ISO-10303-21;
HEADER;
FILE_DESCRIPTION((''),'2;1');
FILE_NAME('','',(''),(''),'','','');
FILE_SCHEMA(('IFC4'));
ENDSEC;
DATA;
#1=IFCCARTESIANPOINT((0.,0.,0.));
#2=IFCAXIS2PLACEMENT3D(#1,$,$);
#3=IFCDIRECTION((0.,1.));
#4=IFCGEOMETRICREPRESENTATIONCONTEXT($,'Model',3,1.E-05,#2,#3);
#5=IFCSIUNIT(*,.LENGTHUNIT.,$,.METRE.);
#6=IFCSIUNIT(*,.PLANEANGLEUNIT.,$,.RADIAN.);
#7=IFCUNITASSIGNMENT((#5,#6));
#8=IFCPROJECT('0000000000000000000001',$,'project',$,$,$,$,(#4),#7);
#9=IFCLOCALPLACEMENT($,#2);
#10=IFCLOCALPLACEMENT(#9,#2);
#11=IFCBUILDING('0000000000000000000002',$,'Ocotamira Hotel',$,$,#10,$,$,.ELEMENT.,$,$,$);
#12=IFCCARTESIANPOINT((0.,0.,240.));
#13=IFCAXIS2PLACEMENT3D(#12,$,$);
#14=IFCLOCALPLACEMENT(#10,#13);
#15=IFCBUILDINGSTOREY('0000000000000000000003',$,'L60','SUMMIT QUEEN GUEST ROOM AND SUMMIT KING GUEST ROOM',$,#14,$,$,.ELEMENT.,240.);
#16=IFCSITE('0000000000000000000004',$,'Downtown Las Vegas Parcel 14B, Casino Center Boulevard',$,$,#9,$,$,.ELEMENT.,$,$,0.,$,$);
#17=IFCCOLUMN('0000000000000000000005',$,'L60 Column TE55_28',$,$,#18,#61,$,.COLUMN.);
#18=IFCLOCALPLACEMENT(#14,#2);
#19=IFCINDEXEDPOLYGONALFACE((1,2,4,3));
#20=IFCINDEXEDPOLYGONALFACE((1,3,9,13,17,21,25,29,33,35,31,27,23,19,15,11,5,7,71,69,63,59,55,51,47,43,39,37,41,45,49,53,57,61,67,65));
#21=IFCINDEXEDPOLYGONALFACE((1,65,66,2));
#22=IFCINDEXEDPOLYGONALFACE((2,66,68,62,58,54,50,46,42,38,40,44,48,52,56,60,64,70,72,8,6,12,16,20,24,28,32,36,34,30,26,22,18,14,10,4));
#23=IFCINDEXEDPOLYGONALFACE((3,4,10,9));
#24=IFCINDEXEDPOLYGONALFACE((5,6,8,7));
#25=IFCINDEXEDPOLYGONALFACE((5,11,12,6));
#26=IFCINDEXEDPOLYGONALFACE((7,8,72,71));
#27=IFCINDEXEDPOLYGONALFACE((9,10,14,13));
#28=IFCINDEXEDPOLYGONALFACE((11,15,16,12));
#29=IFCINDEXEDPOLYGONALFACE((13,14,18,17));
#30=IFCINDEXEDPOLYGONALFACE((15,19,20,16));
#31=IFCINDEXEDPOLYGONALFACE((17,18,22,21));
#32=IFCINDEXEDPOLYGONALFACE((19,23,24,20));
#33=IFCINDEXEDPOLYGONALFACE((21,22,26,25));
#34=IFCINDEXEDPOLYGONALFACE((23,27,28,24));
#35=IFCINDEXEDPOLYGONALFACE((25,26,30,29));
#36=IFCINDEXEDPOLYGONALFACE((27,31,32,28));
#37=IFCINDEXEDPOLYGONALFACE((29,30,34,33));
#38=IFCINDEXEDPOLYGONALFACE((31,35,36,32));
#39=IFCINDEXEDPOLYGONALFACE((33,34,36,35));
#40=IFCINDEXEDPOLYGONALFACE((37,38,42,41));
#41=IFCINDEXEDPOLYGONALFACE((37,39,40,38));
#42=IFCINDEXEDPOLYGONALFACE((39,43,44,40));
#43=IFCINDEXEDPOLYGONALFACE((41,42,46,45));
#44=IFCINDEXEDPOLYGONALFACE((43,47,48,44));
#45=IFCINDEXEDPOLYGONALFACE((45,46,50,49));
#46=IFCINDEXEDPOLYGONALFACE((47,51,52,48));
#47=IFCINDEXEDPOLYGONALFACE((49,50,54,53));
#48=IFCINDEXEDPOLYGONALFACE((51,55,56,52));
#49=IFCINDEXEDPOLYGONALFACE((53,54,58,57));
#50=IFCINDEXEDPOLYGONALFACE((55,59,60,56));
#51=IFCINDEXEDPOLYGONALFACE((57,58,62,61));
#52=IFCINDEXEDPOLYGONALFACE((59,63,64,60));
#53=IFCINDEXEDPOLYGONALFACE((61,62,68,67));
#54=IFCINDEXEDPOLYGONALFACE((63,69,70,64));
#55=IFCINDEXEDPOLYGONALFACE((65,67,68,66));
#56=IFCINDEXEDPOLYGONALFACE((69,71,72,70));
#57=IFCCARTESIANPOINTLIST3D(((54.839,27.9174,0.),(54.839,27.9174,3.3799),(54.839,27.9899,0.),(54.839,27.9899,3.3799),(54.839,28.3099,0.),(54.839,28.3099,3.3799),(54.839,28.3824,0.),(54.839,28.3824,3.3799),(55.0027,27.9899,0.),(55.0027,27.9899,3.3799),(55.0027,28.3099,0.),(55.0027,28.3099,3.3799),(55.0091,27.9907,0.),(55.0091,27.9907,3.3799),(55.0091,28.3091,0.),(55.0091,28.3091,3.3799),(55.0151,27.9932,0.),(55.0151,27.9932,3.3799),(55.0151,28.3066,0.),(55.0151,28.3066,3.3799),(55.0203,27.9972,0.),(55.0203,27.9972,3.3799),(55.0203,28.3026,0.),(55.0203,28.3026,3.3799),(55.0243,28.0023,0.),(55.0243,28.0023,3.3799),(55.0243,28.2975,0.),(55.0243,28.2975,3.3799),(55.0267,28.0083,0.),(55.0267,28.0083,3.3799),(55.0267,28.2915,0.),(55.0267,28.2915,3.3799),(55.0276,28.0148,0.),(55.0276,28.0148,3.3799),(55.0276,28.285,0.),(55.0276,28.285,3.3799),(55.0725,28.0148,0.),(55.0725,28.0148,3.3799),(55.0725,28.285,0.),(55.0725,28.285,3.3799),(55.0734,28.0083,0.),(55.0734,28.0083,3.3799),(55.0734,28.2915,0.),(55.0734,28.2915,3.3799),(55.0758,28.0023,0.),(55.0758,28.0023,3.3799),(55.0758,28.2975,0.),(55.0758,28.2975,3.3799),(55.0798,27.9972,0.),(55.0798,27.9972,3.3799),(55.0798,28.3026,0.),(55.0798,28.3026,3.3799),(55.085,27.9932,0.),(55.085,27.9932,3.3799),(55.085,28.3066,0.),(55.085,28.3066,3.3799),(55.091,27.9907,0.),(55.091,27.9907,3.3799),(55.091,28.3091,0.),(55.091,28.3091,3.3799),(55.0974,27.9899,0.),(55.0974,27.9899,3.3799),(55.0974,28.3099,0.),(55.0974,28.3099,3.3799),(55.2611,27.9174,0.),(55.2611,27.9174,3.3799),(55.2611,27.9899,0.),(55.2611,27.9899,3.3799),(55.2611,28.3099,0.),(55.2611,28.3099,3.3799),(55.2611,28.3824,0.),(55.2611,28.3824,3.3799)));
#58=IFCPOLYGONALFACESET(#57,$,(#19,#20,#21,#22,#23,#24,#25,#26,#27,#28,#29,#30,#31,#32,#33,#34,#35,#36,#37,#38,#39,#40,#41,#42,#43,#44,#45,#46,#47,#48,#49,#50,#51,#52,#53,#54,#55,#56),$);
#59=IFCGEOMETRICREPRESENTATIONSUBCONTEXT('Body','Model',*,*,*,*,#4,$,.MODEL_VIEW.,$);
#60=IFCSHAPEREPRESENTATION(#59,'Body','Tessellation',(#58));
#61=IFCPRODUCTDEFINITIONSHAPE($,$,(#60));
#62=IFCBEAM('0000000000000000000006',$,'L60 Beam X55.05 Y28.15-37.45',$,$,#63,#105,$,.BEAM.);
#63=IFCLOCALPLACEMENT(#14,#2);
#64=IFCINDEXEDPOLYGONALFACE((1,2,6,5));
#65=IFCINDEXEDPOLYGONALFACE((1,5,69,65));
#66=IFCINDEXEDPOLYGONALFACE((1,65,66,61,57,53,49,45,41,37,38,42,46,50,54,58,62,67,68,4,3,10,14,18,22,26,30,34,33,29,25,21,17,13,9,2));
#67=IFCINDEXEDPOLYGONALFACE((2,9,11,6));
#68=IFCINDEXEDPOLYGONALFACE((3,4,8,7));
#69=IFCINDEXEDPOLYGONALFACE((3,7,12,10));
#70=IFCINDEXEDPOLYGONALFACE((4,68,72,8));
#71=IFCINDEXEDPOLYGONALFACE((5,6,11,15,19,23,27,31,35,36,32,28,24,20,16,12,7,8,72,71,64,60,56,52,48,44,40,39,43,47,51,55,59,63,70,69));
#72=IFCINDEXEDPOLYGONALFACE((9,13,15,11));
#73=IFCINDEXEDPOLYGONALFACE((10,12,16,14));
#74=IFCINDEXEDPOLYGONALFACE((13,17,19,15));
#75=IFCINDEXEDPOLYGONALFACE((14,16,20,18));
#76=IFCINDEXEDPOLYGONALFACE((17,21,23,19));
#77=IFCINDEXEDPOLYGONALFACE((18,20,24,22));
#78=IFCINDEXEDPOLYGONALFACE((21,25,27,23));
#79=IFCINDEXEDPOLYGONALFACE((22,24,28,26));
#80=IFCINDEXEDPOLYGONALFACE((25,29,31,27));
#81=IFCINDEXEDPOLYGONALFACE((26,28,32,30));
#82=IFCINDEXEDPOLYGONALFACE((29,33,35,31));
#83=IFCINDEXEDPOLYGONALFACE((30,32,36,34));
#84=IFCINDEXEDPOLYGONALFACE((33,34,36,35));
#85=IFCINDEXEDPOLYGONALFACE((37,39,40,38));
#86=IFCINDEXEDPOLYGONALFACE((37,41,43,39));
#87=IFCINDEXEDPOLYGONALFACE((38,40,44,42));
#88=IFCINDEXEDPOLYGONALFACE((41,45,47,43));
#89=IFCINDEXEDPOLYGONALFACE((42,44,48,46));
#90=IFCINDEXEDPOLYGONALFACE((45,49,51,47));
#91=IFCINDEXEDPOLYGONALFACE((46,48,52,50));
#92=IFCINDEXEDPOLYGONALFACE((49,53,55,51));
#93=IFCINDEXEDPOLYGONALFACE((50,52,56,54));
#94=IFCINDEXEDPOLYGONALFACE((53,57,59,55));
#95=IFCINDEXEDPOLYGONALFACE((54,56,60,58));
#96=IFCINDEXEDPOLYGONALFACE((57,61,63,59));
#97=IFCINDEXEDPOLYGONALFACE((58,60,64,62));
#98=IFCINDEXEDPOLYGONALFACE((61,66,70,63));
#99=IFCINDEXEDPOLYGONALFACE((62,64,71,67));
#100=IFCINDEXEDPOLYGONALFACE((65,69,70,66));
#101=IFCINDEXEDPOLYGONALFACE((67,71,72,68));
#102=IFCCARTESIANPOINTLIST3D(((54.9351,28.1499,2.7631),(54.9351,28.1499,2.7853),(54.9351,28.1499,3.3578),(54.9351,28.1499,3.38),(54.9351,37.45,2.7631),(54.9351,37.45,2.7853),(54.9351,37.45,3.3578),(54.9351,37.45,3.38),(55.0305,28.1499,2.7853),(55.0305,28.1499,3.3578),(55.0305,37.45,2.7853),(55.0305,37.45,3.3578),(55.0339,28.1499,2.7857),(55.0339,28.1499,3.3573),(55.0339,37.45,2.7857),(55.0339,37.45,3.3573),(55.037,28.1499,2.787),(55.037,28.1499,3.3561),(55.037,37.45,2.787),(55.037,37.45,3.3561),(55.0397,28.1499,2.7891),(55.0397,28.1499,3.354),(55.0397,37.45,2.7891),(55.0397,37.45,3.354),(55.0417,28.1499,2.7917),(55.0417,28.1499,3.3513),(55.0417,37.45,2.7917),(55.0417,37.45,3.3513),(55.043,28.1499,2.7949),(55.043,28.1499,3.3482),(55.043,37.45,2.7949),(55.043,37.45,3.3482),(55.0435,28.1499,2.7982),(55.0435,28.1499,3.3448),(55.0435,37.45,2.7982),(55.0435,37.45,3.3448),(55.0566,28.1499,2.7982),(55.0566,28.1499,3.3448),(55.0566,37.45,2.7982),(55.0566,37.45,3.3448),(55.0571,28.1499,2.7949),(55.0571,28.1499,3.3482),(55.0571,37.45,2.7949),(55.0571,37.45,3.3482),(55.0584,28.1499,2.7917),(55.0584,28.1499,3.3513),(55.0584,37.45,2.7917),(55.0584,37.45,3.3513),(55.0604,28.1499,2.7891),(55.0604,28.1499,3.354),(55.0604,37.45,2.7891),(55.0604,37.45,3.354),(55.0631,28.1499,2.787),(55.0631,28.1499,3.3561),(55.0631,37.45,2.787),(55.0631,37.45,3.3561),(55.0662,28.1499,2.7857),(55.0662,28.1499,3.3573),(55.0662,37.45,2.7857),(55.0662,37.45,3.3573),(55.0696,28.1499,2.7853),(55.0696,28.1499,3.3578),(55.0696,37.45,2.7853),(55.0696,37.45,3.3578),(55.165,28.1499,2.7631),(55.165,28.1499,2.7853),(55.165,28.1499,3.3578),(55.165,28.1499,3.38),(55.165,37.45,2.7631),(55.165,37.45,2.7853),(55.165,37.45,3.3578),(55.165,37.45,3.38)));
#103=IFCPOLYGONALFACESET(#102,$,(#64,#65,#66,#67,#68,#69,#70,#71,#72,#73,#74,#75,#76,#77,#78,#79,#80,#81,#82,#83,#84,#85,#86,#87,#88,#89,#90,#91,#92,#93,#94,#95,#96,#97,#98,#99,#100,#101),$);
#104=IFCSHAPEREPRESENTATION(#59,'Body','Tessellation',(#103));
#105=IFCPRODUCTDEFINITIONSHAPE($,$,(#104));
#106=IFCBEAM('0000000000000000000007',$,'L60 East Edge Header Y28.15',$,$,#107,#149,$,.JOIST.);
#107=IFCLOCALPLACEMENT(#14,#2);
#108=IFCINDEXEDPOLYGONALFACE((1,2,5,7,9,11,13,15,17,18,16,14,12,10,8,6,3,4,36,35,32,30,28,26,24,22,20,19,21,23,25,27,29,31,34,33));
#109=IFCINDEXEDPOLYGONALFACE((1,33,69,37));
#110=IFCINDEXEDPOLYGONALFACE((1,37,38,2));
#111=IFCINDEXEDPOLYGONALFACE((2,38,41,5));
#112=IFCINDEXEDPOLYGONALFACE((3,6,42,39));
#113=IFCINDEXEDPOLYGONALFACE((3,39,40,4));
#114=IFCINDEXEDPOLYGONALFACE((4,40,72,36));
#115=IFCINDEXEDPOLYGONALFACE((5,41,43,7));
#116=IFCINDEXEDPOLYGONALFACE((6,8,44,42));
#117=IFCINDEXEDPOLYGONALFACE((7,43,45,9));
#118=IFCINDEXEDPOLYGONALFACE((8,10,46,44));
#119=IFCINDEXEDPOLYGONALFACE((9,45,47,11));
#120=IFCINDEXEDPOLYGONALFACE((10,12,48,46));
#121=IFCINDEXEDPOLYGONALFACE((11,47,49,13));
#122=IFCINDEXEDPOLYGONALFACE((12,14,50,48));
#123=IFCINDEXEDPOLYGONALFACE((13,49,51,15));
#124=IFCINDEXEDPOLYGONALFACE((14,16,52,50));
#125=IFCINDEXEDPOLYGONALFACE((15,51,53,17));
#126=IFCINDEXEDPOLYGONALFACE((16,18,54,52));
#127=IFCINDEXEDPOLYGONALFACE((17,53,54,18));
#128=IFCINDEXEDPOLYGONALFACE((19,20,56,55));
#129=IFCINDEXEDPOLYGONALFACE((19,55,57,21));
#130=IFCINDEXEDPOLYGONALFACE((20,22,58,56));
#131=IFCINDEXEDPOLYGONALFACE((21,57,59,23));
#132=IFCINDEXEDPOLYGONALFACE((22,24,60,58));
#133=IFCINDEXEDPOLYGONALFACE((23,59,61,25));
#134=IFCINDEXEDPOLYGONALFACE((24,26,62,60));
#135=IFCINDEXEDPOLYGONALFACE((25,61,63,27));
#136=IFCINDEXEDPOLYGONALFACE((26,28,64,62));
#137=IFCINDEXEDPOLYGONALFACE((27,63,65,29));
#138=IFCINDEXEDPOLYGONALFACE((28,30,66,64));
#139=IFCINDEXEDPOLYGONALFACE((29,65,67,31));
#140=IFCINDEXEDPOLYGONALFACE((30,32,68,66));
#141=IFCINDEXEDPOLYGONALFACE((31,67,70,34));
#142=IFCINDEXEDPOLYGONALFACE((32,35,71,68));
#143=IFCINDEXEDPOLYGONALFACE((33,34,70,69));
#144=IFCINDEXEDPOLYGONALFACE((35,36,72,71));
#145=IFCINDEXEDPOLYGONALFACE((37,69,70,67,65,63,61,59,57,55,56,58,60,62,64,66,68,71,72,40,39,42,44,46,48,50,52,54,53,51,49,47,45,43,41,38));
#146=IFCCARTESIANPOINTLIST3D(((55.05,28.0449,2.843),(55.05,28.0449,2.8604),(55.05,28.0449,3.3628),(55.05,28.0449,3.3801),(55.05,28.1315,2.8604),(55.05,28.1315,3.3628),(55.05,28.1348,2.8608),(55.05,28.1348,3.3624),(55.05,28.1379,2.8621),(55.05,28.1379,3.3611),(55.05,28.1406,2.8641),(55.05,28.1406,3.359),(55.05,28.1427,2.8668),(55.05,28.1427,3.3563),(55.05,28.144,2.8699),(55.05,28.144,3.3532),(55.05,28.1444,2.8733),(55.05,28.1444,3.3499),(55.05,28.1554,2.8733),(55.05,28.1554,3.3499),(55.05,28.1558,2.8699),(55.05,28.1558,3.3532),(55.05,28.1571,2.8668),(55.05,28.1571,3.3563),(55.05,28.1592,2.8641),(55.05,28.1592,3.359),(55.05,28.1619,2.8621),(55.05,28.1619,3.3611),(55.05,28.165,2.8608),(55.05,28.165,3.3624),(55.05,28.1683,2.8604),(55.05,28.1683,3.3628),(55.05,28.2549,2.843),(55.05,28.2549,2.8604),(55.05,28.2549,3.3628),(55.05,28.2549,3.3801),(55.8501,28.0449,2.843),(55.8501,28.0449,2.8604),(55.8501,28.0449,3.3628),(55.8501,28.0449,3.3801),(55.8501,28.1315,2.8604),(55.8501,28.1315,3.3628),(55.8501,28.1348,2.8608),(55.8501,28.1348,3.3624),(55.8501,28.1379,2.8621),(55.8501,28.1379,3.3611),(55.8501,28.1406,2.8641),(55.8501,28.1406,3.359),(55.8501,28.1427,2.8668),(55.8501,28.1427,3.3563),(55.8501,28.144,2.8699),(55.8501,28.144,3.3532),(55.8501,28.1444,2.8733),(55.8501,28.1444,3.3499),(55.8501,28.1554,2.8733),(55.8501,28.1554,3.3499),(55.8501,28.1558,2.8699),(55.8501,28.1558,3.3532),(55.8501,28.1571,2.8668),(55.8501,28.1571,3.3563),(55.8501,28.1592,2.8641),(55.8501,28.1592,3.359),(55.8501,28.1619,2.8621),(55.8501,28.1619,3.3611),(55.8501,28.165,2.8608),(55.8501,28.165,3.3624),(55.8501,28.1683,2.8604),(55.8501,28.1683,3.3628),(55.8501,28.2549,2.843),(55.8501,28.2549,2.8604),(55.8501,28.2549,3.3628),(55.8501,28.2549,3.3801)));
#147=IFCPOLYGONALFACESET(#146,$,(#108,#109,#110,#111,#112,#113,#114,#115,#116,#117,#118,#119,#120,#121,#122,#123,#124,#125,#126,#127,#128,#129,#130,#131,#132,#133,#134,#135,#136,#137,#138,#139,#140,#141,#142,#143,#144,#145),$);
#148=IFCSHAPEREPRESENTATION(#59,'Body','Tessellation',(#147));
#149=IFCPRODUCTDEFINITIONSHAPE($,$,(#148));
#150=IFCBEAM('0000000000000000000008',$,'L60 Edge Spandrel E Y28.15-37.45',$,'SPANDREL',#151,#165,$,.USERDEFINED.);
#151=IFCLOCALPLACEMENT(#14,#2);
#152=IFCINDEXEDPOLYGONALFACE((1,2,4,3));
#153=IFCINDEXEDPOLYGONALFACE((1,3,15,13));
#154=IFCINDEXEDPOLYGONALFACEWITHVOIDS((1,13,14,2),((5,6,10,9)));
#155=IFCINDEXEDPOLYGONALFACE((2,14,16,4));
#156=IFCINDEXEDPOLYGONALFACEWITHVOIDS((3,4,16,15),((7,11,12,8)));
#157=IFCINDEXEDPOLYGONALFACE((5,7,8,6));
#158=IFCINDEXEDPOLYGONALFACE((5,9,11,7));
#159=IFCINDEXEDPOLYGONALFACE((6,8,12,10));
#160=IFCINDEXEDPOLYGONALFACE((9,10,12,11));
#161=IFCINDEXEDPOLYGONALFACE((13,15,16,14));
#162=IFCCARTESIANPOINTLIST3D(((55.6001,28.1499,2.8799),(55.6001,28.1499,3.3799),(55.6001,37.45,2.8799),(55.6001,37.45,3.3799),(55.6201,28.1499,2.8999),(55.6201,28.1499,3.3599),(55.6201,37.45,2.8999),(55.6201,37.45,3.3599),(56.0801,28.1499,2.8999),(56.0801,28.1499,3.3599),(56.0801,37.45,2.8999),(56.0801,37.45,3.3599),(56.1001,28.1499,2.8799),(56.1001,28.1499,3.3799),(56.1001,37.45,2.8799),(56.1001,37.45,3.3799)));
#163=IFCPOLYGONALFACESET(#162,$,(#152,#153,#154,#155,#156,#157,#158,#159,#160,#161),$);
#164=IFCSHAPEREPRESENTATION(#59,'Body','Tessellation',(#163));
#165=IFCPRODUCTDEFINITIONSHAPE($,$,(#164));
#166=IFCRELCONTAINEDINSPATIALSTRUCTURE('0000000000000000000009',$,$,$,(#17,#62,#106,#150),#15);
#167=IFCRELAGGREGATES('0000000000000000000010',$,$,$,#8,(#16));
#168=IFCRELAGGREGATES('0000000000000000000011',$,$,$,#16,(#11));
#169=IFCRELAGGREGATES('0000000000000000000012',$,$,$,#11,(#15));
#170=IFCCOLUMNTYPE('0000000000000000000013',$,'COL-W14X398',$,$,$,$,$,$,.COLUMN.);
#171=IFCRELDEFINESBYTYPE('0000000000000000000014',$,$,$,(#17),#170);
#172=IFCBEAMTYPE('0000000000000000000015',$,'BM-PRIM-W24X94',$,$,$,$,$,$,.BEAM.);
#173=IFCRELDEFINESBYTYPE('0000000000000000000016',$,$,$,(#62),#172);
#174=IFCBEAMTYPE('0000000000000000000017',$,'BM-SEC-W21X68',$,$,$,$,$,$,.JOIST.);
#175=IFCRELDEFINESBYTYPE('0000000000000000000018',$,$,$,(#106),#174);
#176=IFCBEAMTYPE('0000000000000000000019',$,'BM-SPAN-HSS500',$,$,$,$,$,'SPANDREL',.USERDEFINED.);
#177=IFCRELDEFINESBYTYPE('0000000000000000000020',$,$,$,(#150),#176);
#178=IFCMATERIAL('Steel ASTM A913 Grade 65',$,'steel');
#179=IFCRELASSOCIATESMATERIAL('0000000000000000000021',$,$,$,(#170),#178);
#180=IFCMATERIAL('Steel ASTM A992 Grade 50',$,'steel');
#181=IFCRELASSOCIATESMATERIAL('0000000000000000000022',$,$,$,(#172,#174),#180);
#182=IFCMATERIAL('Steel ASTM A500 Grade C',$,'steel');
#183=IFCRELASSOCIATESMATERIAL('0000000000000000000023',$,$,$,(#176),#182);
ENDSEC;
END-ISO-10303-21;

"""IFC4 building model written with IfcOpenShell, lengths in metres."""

from ifc_helpers import new_model, si_unit, direction, frame, origin, origin_2d, place, context, subcontext, project, spatial, hollow_rectangle, i_section, extrude, source, transform, mapped, material, material_profile, profile_set, type_object, element, save


model = new_model("IFC4")

# Units and contexts
model_context = context("Model", 3, precision=1e-05, world=origin(), true_north=direction((0.0, 1.0)))
body_context = subcontext(model_context, "Body", "Model", "MODEL_VIEW")
ifc_project = project(units=[si_unit("LENGTHUNIT", "METRE"), si_unit("PLANEANGLEUNIT", "RADIAN")], contexts=[model_context])

# Site, building, storey
site_placement = place(None, origin())
site = spatial("IfcSite", under=ifc_project, at=site_placement, Name="Downtown Las Vegas Parcel 14B, Casino Center Boulevard", CompositionType="ELEMENT", RefElevation=0.0)
building_placement = place(site_placement, origin())
building = spatial("IfcBuilding", under=site, at=building_placement, Name="Ocotamira Hotel", CompositionType="ELEMENT")
storey_placement = place(building_placement, frame((0.0, 0.0, 240.0)))
storey = spatial("IfcBuildingStorey", under=building, at=storey_placement, Name="L60", Description="SUMMIT QUEEN GUEST ROOM AND SUMMIT KING GUEST ROOM", CompositionType="ELEMENT", Elevation=240.0)

# Column
ifc_material_1 = material(Name="Steel ASTM A913 Grade 65", Category="steel")
ifc_material_profile_1 = material_profile(ifc_material_1, i_section(OverallWidth=0.4221, OverallDepth=0.4651, WebThickness=0.0449, FlangeThickness=0.0725, FilletRadius=0.0249, at=origin_2d()), Name="W14X398")
ifc_profile_set_1 = profile_set([ifc_material_profile_1], Name="Steel ASTM A913 Grade 65")
column_type = type_object("IfcColumnType", Name="COL-W14X398", PredefinedType="COLUMN", material=ifc_profile_set_1)
shared_shape_1 = source(origin(), body_context, "Body", "SweptSolid", [
    extrude(i_section(OverallWidth=0.4221, OverallDepth=0.4651, WebThickness=0.0449, FlangeThickness=0.0725, FilletRadius=0.0249, at=origin_2d()), origin(), (0.0, 0.0, 1.0), 3.3799),
])
column_placement = place(storey_placement, frame((55.05, 28.1499, 0.0), z_axis=(0.0, 0.0, 1.0), x_axis=(1.0, 0.0, 0.0)))
element("IfcColumn", 1, at=column_placement, inside=storey, type_object=column_type, Name="L60 Column TE55_28", PredefinedType="COLUMN", context=body_context, shape_type="MappedRepresentation", body=[
    mapped(shared_shape_1, transform((0.0, 0.0, 0.0), scale=1.0)),
])

# Beams
ifc_material_2 = material(Name="Steel ASTM A992 Grade 50", Category="steel")
ifc_material_profile_2 = material_profile(ifc_material_2, i_section(OverallWidth=0.23, OverallDepth=0.6169, WebThickness=0.0132, FlangeThickness=0.0222, FilletRadius=0.0129, at=origin_2d()), Name="W24X94")
ifc_profile_set_2 = profile_set([ifc_material_profile_2], Name="Steel ASTM A992 Grade 50")
beam_type_1 = type_object("IfcBeamType", Name="BM-PRIM-W24X94", PredefinedType="BEAM", material=ifc_profile_set_2)
shared_shape_2 = source(origin(), body_context, "Body", "SweptSolid", [
    extrude(i_section(OverallWidth=0.23, OverallDepth=0.6169, WebThickness=0.0132, FlangeThickness=0.0222, FilletRadius=0.0129, at=origin_2d()), origin(), (0.0, 0.0, 1.0), 9.3),
])
beam_1_placement = place(storey_placement, frame((55.05, 28.1499, 3.0715), z_axis=(0.0, 1.0, 0.0), x_axis=(-1.0, 0.0, 0.0)))
element("IfcBeam", 2, at=beam_1_placement, inside=storey, type_object=beam_type_1, Name="L60 Beam X55.05 Y28.15-37.45", PredefinedType="BEAM", context=body_context, shape_type="MappedRepresentation", body=[
    mapped(shared_shape_2, transform((0.0, 0.0, 0.0), scale=1.0)),
])
ifc_material_profile_3 = material_profile(ifc_material_2, i_section(OverallWidth=0.21, OverallDepth=0.5371, WebThickness=0.011, FlangeThickness=0.0173, FilletRadius=0.0129, at=origin_2d()), Name="W21X68")
ifc_profile_set_3 = profile_set([ifc_material_profile_3], Name="Steel ASTM A992 Grade 50")
beam_type_2 = type_object("IfcBeamType", Name="BM-SEC-W21X68", PredefinedType="JOIST", material=ifc_profile_set_3)
shared_shape_3 = source(origin(), body_context, "Body", "SweptSolid", [
    extrude(i_section(OverallWidth=0.21, OverallDepth=0.5371, WebThickness=0.011, FlangeThickness=0.0173, FilletRadius=0.0129, at=origin_2d()), origin(), (0.0, 0.0, 1.0), 0.8),
])
beam_2_placement = place(storey_placement, frame((55.05, 28.1499, 3.1116), z_axis=(1.0, 0.0, 0.0), x_axis=(0.0, 1.0, 0.0)))
element("IfcBeam", 3, at=beam_2_placement, inside=storey, type_object=beam_type_2, Name="L60 East Edge Header Y28.15", PredefinedType="JOIST", context=body_context, shape_type="MappedRepresentation", body=[
    mapped(shared_shape_3, transform((0.0, 0.0, 0.0), scale=1.0)),
])
ifc_material_3 = material(Name="Steel ASTM A500 Grade C", Category="steel")
ifc_material_profile_4 = material_profile(ifc_material_3, hollow_rectangle(XDim=0.5, YDim=0.5, WallThickness=0.02, at=origin_2d()), Name="HSS500X500X20")
ifc_profile_set_4 = profile_set([ifc_material_profile_4], Name="Steel ASTM A500 Grade C")
beam_type_3 = type_object("IfcBeamType", Name="BM-SPAN-HSS500", ElementType="SPANDREL", PredefinedType="USERDEFINED", material=ifc_profile_set_4)
shared_shape_4 = source(origin(), body_context, "Body", "SweptSolid", [
    extrude(hollow_rectangle(XDim=0.5, YDim=0.5, WallThickness=0.02, at=origin_2d()), origin(), (0.0, 0.0, 1.0), 9.3),
])
beam_3_placement = place(storey_placement, frame((55.8501, 28.1499, 3.1299), z_axis=(0.0, 1.0, 0.0), x_axis=(-1.0, 0.0, 0.0)))
element("IfcBeam", 4, at=beam_3_placement, inside=storey, type_object=beam_type_3, Name="L60 Edge Spandrel E Y28.15-37.45", ObjectType="SPANDREL", PredefinedType="USERDEFINED", context=body_context, shape_type="MappedRepresentation", body=[
    mapped(shared_shape_4, transform((0.0, 0.0, 0.0), scale=1.0)),
])

save(model, "model.ifc")
